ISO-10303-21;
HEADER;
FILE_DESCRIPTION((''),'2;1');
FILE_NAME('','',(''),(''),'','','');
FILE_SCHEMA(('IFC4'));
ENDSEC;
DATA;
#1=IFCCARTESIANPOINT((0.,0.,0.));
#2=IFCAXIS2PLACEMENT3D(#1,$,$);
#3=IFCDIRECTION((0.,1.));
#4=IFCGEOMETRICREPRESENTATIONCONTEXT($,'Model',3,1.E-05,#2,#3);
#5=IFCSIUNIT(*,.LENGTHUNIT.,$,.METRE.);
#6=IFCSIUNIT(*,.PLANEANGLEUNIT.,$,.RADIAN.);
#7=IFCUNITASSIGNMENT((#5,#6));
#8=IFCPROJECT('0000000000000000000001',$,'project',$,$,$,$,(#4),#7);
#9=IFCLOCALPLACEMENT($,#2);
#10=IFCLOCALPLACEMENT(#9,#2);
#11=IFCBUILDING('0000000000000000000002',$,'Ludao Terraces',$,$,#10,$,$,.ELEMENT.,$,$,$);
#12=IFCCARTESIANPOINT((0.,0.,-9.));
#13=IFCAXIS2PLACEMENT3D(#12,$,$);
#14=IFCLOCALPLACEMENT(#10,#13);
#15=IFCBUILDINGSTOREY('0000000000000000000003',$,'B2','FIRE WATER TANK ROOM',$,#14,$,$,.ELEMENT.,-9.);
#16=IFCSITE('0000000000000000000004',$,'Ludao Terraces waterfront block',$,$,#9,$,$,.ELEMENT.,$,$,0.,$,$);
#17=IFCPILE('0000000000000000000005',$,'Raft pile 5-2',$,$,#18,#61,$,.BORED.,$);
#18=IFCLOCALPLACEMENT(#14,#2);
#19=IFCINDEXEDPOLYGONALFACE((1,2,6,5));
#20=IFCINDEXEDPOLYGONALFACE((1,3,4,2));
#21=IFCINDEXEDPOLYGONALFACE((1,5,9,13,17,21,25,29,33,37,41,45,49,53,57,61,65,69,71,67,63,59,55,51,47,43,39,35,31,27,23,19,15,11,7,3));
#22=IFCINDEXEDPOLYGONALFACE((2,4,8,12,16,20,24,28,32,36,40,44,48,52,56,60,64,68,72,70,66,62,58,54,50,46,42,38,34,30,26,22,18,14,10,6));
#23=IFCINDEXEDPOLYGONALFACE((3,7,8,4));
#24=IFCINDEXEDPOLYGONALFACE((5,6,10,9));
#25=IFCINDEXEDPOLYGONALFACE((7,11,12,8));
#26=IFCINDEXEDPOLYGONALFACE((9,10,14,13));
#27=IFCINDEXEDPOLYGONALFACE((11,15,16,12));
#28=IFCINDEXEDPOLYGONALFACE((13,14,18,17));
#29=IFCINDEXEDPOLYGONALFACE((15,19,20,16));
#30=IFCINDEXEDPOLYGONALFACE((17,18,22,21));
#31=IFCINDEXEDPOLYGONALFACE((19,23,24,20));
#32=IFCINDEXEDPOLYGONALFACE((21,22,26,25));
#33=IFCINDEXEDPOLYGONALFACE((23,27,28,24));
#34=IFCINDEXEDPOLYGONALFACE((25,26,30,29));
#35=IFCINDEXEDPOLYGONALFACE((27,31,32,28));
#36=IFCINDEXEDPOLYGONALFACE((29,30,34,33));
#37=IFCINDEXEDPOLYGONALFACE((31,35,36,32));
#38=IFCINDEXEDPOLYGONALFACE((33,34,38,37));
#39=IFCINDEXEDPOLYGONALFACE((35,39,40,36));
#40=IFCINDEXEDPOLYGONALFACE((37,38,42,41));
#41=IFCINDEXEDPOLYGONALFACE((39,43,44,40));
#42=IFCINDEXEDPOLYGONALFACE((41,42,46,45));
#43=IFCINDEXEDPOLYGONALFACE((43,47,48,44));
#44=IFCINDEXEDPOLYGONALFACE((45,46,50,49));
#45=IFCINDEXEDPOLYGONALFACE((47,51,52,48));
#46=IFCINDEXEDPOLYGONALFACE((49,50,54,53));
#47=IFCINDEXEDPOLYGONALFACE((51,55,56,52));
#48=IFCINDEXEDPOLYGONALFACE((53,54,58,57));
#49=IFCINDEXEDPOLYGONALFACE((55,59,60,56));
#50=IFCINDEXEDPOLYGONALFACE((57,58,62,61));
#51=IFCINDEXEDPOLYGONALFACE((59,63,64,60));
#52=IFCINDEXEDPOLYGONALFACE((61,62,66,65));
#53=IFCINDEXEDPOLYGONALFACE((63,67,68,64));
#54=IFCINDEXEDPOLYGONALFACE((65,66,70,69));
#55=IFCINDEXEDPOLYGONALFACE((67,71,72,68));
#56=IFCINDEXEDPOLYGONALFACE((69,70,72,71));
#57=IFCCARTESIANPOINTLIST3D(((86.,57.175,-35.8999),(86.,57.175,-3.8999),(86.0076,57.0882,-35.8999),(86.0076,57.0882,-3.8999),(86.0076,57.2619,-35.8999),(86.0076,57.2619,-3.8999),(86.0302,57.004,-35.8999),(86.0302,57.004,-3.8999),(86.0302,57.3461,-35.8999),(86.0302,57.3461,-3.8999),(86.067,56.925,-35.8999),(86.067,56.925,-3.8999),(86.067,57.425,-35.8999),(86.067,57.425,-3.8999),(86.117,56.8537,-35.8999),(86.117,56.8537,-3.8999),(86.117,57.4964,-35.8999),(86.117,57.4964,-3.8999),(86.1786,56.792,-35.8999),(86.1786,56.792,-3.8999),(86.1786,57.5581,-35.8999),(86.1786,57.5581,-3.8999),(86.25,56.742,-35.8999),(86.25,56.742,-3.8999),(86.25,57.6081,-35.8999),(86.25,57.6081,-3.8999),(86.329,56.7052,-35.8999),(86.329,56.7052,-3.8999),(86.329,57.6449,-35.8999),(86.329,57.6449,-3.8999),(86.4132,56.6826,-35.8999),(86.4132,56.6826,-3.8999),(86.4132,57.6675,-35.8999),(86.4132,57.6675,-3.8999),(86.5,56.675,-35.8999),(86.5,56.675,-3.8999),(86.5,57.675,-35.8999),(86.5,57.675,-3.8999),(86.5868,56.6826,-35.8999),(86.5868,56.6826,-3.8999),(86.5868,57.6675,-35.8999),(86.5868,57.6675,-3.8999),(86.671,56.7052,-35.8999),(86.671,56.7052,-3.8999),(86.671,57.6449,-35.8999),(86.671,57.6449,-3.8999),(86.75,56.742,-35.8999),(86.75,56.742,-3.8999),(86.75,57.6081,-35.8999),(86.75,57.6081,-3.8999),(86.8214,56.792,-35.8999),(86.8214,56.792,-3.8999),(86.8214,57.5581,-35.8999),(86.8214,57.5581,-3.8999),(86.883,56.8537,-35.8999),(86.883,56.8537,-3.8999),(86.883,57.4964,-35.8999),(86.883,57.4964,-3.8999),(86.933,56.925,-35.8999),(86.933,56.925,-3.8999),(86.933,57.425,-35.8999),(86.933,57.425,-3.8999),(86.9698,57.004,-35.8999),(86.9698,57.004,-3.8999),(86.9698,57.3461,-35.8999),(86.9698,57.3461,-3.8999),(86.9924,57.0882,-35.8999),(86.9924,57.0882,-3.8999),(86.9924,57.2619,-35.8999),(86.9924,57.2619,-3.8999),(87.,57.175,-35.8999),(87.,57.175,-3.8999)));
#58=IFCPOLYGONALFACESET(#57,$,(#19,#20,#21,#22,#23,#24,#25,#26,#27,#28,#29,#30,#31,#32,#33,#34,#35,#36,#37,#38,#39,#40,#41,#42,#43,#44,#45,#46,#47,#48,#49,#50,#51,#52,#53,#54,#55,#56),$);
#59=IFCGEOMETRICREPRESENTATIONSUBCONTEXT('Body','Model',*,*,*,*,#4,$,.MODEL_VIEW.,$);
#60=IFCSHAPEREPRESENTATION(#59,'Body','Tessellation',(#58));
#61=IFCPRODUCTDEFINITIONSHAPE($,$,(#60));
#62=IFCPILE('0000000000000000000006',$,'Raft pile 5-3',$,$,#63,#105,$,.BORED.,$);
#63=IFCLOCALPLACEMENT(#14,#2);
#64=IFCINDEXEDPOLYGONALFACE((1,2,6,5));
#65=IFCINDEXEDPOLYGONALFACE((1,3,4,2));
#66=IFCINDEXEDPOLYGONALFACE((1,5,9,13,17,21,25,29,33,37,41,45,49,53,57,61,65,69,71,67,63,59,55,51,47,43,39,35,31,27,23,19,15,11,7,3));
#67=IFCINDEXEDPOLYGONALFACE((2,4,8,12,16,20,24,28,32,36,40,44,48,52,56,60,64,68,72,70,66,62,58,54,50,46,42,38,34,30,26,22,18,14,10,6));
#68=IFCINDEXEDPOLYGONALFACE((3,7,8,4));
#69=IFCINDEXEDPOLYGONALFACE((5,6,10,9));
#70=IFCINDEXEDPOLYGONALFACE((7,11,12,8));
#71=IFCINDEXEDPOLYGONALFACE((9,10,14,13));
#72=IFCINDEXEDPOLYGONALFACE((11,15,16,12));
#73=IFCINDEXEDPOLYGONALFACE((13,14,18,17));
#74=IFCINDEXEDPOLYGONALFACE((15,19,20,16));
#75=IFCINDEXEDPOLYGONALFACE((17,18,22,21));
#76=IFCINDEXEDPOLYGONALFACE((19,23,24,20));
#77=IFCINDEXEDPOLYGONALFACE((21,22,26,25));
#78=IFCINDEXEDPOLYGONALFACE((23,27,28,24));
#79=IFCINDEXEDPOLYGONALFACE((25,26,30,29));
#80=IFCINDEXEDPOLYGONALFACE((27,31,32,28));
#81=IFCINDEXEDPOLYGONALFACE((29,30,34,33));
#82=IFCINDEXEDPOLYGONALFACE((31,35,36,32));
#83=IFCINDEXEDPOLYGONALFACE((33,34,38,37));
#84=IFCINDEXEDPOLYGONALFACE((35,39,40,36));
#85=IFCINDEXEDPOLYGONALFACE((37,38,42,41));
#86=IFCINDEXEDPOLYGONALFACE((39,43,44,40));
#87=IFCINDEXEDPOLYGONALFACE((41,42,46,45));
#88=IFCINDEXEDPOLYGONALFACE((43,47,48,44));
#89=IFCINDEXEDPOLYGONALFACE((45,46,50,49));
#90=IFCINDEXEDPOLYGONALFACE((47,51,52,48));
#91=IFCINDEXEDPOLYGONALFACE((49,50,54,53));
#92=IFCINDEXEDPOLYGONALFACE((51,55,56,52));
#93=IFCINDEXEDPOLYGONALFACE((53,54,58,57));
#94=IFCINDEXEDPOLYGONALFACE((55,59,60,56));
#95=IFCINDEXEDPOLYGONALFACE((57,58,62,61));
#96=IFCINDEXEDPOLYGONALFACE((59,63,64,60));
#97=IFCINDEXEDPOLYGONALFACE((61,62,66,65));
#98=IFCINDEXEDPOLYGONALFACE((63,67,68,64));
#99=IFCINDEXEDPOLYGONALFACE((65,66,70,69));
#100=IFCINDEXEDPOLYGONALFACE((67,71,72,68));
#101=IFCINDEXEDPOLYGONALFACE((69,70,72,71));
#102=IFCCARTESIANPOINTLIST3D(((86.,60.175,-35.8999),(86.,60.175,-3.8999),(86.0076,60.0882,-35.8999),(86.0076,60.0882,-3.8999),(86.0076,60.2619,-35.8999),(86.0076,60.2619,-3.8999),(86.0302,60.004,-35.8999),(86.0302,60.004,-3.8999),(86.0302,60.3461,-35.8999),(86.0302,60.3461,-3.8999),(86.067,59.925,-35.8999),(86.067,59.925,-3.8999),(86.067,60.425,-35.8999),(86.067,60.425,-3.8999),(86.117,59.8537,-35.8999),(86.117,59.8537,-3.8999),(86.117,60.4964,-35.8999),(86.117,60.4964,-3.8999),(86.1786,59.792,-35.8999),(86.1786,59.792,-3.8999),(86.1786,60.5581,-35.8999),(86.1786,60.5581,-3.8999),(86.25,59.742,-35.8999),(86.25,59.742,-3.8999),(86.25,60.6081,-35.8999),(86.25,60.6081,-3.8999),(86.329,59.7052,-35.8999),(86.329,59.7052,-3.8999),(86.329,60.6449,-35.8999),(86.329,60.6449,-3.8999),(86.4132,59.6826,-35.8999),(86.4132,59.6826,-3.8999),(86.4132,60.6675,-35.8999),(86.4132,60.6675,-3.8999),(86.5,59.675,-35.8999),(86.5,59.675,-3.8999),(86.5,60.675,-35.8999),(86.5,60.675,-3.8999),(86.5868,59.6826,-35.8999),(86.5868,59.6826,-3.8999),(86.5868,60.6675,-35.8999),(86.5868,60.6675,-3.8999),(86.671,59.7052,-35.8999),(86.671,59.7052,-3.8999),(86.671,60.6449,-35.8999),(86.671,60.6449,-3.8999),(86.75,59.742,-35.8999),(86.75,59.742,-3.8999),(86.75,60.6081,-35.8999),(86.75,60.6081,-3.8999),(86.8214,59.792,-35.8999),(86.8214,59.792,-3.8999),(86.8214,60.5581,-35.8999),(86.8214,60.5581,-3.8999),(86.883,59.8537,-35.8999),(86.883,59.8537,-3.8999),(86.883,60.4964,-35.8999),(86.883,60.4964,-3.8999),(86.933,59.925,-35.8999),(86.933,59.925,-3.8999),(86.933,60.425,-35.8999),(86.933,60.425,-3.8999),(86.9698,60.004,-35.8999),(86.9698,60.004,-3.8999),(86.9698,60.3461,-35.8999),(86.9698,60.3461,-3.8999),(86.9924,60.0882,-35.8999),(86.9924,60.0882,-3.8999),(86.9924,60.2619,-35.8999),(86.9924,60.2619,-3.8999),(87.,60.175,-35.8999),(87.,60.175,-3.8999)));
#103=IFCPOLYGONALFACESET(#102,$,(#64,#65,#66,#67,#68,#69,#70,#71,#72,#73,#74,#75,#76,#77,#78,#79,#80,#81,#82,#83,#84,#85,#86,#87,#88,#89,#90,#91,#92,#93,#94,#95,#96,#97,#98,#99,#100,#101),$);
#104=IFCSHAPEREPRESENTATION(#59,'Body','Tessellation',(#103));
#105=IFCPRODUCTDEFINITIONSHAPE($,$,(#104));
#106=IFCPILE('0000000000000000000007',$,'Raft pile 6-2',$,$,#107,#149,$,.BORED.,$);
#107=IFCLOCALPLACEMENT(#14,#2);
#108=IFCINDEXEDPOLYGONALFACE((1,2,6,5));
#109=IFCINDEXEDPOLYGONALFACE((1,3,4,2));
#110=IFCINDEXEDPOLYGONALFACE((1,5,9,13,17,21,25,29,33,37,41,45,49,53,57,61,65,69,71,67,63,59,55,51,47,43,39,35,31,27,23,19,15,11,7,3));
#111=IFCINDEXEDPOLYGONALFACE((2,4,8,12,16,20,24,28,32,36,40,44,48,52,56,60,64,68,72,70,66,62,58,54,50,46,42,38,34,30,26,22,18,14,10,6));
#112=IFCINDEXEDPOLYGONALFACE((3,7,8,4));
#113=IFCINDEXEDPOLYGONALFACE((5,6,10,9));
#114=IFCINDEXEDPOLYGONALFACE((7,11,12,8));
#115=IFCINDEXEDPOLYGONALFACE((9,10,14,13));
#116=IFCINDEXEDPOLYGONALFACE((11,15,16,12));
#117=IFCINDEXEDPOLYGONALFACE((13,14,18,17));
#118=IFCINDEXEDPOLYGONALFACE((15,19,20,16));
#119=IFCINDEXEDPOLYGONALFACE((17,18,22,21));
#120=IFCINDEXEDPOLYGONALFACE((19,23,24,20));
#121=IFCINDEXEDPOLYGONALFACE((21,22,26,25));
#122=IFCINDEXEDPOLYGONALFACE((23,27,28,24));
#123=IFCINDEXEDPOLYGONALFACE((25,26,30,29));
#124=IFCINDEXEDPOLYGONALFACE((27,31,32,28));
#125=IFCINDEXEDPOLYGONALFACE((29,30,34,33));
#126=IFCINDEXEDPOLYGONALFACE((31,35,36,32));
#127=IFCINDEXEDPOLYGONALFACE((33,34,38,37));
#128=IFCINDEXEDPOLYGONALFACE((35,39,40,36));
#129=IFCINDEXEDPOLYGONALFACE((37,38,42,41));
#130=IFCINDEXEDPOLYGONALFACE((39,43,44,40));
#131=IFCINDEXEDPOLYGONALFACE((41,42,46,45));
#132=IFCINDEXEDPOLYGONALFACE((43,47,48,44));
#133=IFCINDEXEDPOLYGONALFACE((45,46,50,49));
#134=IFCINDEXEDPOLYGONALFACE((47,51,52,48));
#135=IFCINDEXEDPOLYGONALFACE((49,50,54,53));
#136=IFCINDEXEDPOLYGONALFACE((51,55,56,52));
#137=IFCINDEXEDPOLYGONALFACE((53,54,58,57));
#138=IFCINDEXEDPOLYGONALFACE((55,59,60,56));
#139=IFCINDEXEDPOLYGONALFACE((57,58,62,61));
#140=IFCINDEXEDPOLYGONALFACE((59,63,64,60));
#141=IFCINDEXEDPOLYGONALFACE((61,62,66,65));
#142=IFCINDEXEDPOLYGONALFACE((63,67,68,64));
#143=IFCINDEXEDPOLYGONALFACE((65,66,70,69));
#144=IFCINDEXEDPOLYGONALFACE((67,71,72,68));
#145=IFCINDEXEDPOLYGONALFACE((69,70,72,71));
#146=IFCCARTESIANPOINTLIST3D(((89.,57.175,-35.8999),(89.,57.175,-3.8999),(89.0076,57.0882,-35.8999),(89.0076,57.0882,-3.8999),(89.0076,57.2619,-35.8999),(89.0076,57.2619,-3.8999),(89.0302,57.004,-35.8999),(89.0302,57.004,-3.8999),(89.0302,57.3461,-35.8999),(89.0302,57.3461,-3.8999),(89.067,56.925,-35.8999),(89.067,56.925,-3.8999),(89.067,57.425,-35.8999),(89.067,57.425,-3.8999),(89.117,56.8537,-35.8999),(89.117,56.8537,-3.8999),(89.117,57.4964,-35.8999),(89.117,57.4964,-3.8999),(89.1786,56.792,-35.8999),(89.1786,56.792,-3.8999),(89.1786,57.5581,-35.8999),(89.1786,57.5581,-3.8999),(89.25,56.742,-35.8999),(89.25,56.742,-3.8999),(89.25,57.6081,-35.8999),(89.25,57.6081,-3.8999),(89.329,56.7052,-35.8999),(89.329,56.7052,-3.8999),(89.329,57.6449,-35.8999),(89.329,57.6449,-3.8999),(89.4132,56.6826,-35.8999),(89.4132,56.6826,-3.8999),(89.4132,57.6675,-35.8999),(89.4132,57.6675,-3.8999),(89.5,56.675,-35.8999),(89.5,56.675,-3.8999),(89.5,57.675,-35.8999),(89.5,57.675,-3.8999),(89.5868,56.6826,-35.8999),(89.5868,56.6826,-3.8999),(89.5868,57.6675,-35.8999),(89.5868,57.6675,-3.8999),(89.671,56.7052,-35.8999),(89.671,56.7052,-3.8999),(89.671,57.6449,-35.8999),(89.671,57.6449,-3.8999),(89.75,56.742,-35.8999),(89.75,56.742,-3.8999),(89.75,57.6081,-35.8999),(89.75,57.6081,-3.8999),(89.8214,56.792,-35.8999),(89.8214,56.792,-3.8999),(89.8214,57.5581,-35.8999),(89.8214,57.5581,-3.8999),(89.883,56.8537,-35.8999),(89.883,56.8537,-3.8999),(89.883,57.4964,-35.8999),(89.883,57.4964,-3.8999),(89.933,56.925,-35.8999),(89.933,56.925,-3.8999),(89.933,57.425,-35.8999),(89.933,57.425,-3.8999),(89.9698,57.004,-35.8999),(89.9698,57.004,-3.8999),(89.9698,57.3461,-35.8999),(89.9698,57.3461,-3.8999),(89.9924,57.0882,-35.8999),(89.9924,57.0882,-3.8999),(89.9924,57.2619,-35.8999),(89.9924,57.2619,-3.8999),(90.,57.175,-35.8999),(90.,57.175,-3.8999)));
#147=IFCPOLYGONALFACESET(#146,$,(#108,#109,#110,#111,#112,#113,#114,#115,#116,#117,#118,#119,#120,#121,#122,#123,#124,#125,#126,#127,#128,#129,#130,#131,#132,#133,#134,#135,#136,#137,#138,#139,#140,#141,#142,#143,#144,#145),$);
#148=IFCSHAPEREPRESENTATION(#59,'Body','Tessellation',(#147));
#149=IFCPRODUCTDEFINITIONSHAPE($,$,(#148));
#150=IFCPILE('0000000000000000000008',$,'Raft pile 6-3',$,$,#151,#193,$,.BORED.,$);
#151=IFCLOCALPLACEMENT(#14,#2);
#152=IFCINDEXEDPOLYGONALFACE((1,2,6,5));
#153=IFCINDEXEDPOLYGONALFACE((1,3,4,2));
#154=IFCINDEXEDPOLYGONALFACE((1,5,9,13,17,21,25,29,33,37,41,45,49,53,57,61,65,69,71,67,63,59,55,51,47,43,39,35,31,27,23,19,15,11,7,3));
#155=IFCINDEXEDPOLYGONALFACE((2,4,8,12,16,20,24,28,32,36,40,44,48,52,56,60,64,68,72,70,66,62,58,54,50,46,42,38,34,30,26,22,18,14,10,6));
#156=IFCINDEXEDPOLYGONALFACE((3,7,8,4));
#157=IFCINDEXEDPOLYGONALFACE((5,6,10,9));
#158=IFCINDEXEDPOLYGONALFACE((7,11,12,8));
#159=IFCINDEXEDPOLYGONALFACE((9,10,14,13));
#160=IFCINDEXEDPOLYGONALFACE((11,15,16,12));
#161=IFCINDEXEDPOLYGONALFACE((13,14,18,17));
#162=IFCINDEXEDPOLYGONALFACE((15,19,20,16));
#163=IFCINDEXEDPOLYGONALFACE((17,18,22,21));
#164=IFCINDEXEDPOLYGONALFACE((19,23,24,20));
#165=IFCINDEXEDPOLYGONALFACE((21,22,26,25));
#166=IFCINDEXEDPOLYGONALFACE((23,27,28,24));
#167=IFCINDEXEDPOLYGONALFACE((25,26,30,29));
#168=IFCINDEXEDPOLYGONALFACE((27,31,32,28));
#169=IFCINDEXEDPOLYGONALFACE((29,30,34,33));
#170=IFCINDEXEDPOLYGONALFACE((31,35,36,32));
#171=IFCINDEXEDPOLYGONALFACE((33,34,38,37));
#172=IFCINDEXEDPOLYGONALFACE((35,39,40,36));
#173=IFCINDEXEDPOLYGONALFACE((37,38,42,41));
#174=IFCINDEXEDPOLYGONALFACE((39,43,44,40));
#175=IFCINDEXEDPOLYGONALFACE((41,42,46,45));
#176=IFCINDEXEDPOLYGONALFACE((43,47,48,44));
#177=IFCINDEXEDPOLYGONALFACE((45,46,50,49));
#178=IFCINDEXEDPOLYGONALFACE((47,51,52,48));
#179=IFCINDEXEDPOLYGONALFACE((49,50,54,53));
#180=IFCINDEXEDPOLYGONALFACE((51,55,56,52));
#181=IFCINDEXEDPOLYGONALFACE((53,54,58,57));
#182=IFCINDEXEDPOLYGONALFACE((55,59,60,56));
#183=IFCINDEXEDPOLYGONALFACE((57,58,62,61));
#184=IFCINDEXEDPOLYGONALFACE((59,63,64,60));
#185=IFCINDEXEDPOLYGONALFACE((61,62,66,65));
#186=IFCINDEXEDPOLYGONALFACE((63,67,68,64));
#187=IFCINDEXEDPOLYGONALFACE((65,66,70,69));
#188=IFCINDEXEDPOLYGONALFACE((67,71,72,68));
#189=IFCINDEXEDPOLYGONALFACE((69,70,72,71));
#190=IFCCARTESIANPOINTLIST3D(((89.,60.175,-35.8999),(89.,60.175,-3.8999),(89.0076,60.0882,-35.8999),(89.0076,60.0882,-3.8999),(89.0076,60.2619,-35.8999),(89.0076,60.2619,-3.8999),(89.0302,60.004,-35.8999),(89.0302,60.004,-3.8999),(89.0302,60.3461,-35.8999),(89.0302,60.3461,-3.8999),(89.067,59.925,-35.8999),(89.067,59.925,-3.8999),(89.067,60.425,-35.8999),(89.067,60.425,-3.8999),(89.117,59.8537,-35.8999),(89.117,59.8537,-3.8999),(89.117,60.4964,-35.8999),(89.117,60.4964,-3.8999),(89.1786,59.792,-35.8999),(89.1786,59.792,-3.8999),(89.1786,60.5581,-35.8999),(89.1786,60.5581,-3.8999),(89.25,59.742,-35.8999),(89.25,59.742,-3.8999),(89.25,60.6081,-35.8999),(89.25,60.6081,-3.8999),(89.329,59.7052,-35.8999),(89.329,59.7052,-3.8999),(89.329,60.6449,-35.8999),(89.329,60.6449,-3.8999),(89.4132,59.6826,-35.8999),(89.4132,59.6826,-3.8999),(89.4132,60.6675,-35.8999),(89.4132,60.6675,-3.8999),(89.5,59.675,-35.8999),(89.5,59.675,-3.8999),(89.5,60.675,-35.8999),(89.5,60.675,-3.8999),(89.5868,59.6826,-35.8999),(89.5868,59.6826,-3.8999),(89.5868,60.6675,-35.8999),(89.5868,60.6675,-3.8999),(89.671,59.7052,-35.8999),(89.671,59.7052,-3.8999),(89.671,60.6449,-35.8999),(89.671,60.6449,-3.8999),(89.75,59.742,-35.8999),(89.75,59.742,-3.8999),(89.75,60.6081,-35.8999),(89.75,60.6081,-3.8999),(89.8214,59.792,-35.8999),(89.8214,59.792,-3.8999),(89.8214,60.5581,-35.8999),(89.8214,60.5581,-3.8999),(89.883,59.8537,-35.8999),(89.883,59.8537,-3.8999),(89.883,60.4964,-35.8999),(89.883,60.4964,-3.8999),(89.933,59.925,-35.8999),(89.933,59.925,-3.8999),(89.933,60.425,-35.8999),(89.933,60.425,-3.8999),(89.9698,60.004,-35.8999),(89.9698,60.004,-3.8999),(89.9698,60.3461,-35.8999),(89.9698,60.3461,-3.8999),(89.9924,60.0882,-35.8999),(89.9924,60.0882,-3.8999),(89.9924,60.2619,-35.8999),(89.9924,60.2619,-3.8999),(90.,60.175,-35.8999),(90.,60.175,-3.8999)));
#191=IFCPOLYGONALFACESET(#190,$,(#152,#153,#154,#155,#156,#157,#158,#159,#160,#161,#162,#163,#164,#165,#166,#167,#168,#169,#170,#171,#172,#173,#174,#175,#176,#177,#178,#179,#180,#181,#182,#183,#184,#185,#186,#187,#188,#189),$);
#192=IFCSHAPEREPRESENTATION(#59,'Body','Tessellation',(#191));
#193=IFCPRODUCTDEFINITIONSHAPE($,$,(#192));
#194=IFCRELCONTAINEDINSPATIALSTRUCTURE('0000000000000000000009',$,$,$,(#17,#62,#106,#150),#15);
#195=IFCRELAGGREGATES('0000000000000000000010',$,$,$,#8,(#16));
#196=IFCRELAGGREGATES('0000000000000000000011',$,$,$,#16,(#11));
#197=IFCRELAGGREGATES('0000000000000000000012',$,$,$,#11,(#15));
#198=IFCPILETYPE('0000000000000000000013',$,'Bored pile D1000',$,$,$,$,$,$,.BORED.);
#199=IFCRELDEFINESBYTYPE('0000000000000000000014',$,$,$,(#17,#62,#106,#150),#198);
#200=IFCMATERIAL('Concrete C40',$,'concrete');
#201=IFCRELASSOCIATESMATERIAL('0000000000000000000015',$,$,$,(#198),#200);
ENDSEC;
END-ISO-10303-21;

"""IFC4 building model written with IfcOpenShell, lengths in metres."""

from ifc_helpers import new_model, si_unit, direction, frame, origin, origin_2d, place, context, subcontext, project, spatial, circle, extrude, material, material_profile, profile_set, type_object, element, save


model = new_model("IFC4")

# Units and contexts
model_context = context("Model", 3, precision=1e-05, world=origin(), true_north=direction((0.0, 1.0)))
body_context = subcontext(model_context, "Body", "Model", "MODEL_VIEW")
ifc_project = project(units=[si_unit("LENGTHUNIT", "METRE"), si_unit("PLANEANGLEUNIT", "RADIAN")], contexts=[model_context])

# Site, building, storey
site_placement = place(None, origin())
site = spatial("IfcSite", under=ifc_project, at=site_placement, Name="Ludao Terraces waterfront block", CompositionType="ELEMENT", RefElevation=0.0)
building_placement = place(site_placement, origin())
building = spatial("IfcBuilding", under=site, at=building_placement, Name="Ludao Terraces", CompositionType="ELEMENT")
storey_placement = place(building_placement, frame((0.0, 0.0, -9.0)))
storey = spatial("IfcBuildingStorey", under=building, at=storey_placement, Name="B2", Description="FIRE WATER TANK ROOM", CompositionType="ELEMENT", Elevation=-9.0)

# Piles
ifc_material_1 = material(Name="Concrete C40", Category="concrete")
ifc_material_profile = material_profile(ifc_material_1, circle(Radius=0.5, at=origin_2d()), Name="D1000 BORED PILE")
ifc_profile_set = profile_set([ifc_material_profile], Name="Concrete C40")
pile_type = type_object("IfcPileType", Name="Bored pile D1000", PredefinedType="BORED", material=ifc_profile_set)
for number, where, z_axis, x_axis, name in (
    (1, (86.5, 57.175, -3.8999), (0.0, 0.0, -1.0), (1.0, 0.0, 0.0), "Raft pile 5-2"),
    (2, (86.5, 60.175, -3.8999), (0.0, 0.0, -1.0), (1.0, 0.0, 0.0), "Raft pile 5-3"),
    (3, (89.5, 57.175, -3.8999), (0.0, 0.0, -1.0), (1.0, 0.0, 0.0), "Raft pile 6-2"),
    (4, (89.5, 60.175, -3.8999), (0.0, 0.0, -1.0), (1.0, 0.0, 0.0), "Raft pile 6-3"),
):
    element("IfcPile", number, at=place(storey_placement, frame(where, z_axis=z_axis, x_axis=x_axis)), inside=storey, type_object=pile_type, Name=name, PredefinedType="BORED", context=body_context, shape_type="SweptSolid", body=[
        extrude(circle(Radius=0.5, at=origin_2d()), origin(), (0.0, 0.0, 1.0), 32.0),
    ])

save(model, "model.ifc")
